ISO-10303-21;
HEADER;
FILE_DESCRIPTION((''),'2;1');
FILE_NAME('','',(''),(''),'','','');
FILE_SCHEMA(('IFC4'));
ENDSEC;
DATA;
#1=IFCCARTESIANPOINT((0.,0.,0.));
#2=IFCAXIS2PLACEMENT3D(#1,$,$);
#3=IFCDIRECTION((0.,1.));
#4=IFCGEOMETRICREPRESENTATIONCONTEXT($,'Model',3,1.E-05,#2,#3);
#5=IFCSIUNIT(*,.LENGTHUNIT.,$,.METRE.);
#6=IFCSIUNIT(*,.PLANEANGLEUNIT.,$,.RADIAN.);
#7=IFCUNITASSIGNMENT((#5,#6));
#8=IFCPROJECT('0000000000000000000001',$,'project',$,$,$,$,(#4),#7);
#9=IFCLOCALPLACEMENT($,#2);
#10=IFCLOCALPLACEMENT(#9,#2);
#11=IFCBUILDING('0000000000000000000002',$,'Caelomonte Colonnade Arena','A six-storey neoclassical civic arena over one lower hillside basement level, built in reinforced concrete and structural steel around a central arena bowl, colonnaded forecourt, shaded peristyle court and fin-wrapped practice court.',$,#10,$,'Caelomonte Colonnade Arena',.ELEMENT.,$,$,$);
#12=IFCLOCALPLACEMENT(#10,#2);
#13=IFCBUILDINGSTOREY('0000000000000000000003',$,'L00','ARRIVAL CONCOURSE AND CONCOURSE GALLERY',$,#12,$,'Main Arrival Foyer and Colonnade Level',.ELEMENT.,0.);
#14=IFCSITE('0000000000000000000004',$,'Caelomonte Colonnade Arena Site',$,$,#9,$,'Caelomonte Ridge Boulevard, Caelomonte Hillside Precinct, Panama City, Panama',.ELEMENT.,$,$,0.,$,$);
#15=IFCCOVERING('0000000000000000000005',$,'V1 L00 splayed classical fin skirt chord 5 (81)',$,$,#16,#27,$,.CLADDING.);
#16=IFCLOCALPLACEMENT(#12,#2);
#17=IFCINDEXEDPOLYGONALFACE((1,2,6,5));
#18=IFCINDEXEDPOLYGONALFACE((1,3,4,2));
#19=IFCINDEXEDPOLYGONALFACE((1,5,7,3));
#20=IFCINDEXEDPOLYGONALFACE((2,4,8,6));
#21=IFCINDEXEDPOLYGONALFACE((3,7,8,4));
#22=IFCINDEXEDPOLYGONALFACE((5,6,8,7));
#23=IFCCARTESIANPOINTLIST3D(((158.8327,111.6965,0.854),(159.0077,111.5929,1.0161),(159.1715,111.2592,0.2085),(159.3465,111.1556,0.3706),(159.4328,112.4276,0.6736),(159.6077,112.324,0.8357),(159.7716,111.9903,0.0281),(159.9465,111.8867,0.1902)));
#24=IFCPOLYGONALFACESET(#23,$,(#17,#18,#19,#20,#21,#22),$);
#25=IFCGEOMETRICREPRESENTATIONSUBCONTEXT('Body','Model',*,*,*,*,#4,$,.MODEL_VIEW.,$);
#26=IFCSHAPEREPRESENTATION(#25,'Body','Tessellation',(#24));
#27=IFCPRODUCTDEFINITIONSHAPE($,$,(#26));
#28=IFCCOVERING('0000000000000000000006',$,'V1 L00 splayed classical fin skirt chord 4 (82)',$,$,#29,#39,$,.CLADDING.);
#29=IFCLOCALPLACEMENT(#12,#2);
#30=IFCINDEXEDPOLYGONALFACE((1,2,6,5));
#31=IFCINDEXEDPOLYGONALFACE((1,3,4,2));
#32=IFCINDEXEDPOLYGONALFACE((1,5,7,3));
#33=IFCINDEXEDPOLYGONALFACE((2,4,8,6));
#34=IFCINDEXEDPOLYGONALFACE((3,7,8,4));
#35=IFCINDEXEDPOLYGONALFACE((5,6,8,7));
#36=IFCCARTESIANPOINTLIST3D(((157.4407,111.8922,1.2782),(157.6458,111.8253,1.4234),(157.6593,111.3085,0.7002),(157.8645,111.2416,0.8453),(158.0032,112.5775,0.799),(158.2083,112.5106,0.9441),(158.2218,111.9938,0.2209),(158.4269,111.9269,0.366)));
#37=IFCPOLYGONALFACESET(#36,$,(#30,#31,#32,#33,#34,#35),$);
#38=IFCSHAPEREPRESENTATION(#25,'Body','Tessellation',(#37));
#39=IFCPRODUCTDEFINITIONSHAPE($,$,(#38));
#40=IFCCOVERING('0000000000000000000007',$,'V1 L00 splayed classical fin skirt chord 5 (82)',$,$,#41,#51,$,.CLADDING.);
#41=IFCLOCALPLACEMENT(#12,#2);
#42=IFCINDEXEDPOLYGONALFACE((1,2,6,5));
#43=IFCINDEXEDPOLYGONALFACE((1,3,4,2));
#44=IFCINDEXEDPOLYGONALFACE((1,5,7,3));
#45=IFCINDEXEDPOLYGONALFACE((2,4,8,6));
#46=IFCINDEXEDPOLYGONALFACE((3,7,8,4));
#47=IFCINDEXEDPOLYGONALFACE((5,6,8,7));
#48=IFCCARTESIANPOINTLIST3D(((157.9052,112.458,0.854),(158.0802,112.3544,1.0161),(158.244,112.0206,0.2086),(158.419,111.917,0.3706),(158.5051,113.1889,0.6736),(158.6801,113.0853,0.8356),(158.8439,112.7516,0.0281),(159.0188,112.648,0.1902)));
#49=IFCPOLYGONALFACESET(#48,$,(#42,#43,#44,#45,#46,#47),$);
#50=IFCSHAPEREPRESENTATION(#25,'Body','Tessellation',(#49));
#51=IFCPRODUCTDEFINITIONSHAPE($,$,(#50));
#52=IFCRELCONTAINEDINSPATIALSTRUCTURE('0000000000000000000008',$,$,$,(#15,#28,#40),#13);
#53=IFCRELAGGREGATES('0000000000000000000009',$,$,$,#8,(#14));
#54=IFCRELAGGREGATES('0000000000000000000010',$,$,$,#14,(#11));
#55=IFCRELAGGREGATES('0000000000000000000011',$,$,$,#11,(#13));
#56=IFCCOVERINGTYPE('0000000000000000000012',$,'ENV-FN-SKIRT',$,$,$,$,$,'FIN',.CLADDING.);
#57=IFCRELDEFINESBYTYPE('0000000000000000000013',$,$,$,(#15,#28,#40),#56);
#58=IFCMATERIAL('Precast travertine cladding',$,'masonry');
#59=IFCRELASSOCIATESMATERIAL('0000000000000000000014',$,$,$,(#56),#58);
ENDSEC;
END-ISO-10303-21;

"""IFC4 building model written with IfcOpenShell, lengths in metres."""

from ifc_helpers import new_model, si_unit, direction, frame, origin, origin_2d, place, context, subcontext, project, spatial, rectangle, extrude, material, material_profile, profile_set, type_object, element, save


model = new_model("IFC4")

# Units and contexts
model_context = context("Model", 3, precision=1e-05, world=origin(), true_north=direction((0.0, 1.0)))
body_context = subcontext(model_context, "Body", "Model", "MODEL_VIEW")
ifc_project = project(units=[si_unit("LENGTHUNIT", "METRE"), si_unit("PLANEANGLEUNIT", "RADIAN")], contexts=[model_context])

# Site, building, storey
site_placement = place(None, origin())
site = spatial("IfcSite", under=ifc_project, at=site_placement, Name="Caelomonte Colonnade Arena Site", LongName="Caelomonte Ridge Boulevard, Caelomonte Hillside Precinct, Panama City, Panama", CompositionType="ELEMENT", RefElevation=0.0)
building_placement = place(site_placement, origin())
building = spatial("IfcBuilding", under=site, at=building_placement, Name="Caelomonte Colonnade Arena", Description="A six-storey neoclassical civic arena over one lower hillside basement level, built in reinforced concrete and structural steel around a central arena bowl, colonnaded forecourt, shaded peristyle court and fin-wrapped practice court.", LongName="Caelomonte Colonnade Arena", CompositionType="ELEMENT")
storey_placement = place(building_placement, origin())
storey = spatial("IfcBuildingStorey", under=building, at=storey_placement, Name="L00", Description="ARRIVAL CONCOURSE AND CONCOURSE GALLERY", LongName="Main Arrival Foyer and Colonnade Level", CompositionType="ELEMENT", Elevation=0.0)

# Coverings
ifc_material_1 = material(Name="Precast travertine cladding", Category="masonry")
ifc_material_profile_1 = material_profile(ifc_material_1, rectangle(XDim=0.26, YDim=0.8501, at=origin_2d()), Name="FIN260X850")
ifc_profile_set_1 = profile_set([ifc_material_profile_1], Name="Precast travertine cladding")
covering_type = type_object("IfcCoveringType", Name="ENV-FN-SKIRT", ElementType="FIN", PredefinedType="CLADDING", material=ifc_profile_set_1)
covering_1_placement = place(storey_placement, frame((159.0896, 111.426, 0.6123), z_axis=(0.62317, 0.759314, -0.187357), x_axis=(-0.672932, 0.39851, -0.623179)))
element("IfcCovering", 1, at=covering_1_placement, inside=storey, type_object=covering_type, Name="V1 L00 splayed classical fin skirt chord 5 (81)", PredefinedType="CLADDING", context=body_context, shape_type="SweptSolid", body=[
    extrude(rectangle(XDim=0.26, YDim=0.8501, at=origin_2d()), origin(), (0.0, 0.0, 1.0), 0.9629),
])
covering_2_placement = place(storey_placement, frame((157.6526, 111.5669, 1.0618), z_axis=(0.558129, 0.679977, -0.475524), x_axis=(-0.788896, 0.257241, -0.558095)))
element("IfcCovering", 2, at=covering_2_placement, inside=storey, type_object=covering_type, Name="V1 L00 splayed classical fin skirt chord 4 (82)", PredefinedType="CLADDING", context=body_context, shape_type="SweptSolid", body=[
    extrude(rectangle(XDim=0.26, YDim=0.8501, at=origin_2d()), origin(), (0.0, 0.0, 1.0), 1.0078),
])
covering_3_placement = place(storey_placement, frame((158.1621, 112.1875, 0.6123), z_axis=(0.623134, 0.759326, -0.187422), x_axis=(-0.672973, 0.398454, -0.623171)))
element("IfcCovering", 3, at=covering_3_placement, inside=storey, type_object=covering_type, Name="V1 L00 splayed classical fin skirt chord 5 (82)", PredefinedType="CLADDING", context=body_context, shape_type="SweptSolid", body=[
    extrude(rectangle(XDim=0.26, YDim=0.8501, at=origin_2d()), origin(), (0.0, 0.0, 1.0), 0.9626),
])

save(model, "model.ifc")
